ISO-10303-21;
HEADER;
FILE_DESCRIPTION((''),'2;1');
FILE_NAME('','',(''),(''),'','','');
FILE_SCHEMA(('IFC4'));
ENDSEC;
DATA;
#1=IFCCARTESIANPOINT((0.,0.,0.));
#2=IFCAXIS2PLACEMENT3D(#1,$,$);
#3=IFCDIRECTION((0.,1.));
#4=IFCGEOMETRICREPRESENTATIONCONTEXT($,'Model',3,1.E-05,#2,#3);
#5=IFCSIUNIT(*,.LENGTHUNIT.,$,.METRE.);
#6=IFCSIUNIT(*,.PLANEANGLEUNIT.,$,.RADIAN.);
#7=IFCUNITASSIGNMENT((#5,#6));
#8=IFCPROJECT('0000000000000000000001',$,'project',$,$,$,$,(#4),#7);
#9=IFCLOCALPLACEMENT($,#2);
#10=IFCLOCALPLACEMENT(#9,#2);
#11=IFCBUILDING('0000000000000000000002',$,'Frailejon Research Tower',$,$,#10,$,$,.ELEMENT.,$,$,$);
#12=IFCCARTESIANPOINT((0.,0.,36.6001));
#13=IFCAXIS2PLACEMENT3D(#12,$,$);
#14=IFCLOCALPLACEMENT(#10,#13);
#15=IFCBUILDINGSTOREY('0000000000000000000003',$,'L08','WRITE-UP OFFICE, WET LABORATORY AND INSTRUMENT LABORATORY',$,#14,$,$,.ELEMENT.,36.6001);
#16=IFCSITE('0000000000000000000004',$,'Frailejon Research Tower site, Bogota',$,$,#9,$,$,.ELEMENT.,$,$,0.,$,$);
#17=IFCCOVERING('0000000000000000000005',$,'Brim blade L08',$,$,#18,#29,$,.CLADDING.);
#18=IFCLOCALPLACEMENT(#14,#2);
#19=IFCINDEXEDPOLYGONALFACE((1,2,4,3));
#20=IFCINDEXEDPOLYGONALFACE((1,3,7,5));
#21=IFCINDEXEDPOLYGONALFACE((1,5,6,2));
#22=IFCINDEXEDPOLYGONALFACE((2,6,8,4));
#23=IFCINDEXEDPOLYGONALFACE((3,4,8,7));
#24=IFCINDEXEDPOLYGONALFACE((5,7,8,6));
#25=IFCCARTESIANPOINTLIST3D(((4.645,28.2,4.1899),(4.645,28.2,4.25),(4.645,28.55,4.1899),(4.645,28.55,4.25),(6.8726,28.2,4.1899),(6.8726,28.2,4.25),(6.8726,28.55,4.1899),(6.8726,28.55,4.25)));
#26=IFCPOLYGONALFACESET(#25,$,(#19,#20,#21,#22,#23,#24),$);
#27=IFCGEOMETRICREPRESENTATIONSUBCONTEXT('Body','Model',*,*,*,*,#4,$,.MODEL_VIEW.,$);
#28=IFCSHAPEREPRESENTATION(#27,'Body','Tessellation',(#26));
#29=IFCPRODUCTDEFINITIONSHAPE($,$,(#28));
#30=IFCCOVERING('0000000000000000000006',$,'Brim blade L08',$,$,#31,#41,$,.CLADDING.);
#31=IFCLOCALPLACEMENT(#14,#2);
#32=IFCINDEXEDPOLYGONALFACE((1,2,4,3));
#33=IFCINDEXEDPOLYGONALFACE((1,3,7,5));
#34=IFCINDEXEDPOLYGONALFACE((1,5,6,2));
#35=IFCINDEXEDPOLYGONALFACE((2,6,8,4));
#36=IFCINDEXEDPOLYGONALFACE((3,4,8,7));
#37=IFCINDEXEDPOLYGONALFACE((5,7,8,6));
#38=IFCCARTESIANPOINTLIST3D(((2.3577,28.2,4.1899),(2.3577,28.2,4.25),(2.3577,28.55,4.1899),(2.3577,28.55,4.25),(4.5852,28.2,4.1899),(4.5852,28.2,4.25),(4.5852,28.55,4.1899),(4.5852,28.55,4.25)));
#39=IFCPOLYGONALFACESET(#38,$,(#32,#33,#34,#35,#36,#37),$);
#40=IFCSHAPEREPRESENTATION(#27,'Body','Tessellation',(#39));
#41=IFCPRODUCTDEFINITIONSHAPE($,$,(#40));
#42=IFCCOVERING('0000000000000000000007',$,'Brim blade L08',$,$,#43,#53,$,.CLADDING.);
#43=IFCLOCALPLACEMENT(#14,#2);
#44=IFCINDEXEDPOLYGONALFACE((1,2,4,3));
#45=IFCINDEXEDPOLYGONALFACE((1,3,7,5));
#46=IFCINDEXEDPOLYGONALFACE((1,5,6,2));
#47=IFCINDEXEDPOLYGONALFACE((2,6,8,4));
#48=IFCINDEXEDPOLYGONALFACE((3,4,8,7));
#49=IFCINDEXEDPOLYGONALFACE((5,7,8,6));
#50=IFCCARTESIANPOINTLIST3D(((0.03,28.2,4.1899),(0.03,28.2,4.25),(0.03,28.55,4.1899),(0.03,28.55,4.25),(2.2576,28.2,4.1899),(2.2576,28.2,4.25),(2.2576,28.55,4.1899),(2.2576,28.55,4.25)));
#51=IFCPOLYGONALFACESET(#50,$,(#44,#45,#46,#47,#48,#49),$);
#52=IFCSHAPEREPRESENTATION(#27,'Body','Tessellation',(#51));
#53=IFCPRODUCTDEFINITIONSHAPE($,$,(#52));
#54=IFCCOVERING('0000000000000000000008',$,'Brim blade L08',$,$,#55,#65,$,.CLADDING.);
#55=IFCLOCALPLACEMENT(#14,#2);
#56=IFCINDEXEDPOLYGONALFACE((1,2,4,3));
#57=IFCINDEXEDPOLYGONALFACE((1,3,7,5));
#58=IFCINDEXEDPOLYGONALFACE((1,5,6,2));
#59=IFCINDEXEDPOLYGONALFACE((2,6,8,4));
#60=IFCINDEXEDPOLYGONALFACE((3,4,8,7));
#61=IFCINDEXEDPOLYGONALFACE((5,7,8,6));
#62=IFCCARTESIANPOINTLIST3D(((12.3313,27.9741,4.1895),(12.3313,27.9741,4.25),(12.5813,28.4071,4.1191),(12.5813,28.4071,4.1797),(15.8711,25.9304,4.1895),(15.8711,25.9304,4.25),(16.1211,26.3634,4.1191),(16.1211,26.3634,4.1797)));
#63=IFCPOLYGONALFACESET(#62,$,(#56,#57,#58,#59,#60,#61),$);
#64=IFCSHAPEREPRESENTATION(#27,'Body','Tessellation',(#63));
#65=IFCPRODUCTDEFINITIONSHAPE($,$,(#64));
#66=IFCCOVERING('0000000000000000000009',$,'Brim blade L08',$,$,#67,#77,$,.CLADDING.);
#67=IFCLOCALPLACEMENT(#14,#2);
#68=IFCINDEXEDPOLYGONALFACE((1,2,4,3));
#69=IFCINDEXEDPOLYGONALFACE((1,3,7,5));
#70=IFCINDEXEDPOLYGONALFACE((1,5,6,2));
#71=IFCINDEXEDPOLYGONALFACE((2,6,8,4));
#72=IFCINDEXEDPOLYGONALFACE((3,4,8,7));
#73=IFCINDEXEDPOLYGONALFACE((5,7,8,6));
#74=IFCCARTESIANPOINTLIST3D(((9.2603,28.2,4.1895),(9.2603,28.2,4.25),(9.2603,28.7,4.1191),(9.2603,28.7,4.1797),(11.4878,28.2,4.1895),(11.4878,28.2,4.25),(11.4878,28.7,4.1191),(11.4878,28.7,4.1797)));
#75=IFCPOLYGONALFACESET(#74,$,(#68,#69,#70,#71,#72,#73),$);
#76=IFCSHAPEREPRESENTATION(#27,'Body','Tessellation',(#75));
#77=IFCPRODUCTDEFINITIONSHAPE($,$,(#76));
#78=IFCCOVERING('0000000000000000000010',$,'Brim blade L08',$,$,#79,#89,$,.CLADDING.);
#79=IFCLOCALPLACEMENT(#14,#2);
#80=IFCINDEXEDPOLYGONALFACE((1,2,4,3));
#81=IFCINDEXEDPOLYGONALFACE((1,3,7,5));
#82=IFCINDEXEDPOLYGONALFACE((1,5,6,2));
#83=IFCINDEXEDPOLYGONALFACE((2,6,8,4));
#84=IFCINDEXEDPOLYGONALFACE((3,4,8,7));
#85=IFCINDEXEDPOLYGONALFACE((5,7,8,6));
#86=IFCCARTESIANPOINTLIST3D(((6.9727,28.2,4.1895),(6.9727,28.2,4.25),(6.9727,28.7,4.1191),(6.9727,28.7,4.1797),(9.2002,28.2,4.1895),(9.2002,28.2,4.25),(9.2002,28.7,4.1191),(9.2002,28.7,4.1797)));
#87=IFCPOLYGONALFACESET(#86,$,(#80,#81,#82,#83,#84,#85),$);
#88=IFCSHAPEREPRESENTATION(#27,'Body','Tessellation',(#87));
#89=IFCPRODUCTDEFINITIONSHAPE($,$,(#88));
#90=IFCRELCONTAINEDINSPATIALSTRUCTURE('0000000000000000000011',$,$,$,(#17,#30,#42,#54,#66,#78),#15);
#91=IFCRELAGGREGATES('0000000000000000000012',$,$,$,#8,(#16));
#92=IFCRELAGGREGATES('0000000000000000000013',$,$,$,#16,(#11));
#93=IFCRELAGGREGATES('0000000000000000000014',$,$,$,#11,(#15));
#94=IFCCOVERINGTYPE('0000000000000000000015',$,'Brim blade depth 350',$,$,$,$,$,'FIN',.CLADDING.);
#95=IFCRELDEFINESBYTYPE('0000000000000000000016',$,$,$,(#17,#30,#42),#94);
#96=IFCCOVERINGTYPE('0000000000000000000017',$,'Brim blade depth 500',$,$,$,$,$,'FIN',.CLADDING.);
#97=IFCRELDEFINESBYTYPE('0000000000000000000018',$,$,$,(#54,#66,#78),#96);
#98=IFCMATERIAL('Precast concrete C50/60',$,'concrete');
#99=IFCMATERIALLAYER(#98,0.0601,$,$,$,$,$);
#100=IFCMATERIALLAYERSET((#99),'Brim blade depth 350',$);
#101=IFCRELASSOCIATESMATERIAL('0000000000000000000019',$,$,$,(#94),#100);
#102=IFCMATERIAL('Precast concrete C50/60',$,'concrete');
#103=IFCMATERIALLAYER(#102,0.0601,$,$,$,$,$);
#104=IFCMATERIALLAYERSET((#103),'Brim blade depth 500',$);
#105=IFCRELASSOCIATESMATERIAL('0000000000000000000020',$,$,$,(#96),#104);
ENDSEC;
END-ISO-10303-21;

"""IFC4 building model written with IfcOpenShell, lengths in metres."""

from ifc_helpers import new_model, si_unit, direction, frame, origin, place, context, subcontext, project, spatial, polyline, outline, extrude, material, layer, layer_set, type_object, element, save


model = new_model("IFC4")

# Units and contexts
model_context = context("Model", 3, precision=1e-05, world=origin(), true_north=direction((0.0, 1.0)))
body_context = subcontext(model_context, "Body", "Model", "MODEL_VIEW")
ifc_project = project(units=[si_unit("LENGTHUNIT", "METRE"), si_unit("PLANEANGLEUNIT", "RADIAN")], contexts=[model_context])

# Site, building, storey
site_placement = place(None, origin())
site = spatial("IfcSite", under=ifc_project, at=site_placement, Name="Frailejon Research Tower site, Bogota", CompositionType="ELEMENT", RefElevation=0.0)
building_placement = place(site_placement, origin())
building = spatial("IfcBuilding", under=site, at=building_placement, Name="Frailejon Research Tower", CompositionType="ELEMENT")
storey_placement = place(building_placement, frame((0.0, 0.0, 36.6001)))
storey = spatial("IfcBuildingStorey", under=building, at=storey_placement, Name="L08", Description="WRITE-UP OFFICE, WET LABORATORY AND INSTRUMENT LABORATORY", CompositionType="ELEMENT", Elevation=36.6001)

# Coverings
ifc_material_1 = material(Name="Precast concrete C50/60", Category="concrete")
ifc_layer_1 = layer(ifc_material_1, 0.0601)
ifc_layer_set_1 = layer_set([ifc_layer_1], Name="Brim blade depth 350")
covering_type_1 = type_object("IfcCoveringType", Name="Brim blade depth 350", ElementType="FIN", PredefinedType="CLADDING", material=ifc_layer_set_1)
for number, where, z_axis, x_axis, name in (
    (1, (4.645, 28.2, 4.25), (1.0, 0.0, 0.0), (0.0, 1.0, 0.0), "Brim blade L08"),
    (2, (2.3577, 28.2, 4.25), (1.0, 0.0, 0.0), (0.0, 1.0, 0.0), "Brim blade L08"),
    (3, (0.03, 28.2, 4.25), (1.0, 0.0, 0.0), (0.0, 1.0, 0.0), "Brim blade L08"),
):
    element("IfcCovering", number, at=place(storey_placement, frame(where, z_axis=z_axis, x_axis=x_axis)), inside=storey, type_object=covering_type_1, Name=name, PredefinedType="CLADDING", context=body_context, shape_type="SweptSolid", body=[
        extrude(outline(polyline([(0.0, -0.0601), (0.3501, -0.0601), (0.3501, 0.0), (0.0, 0.0), (0.0, -0.0601)])), origin(), (0.0, 0.0, 1.0), 2.2275),
    ])
ifc_material_2 = material(Name="Precast concrete C50/60", Category="concrete")
ifc_layer_2 = layer(ifc_material_2, 0.0601)
ifc_layer_set_2 = layer_set([ifc_layer_2], Name="Brim blade depth 500")
covering_type_2 = type_object("IfcCoveringType", Name="Brim blade depth 500", ElementType="FIN", PredefinedType="CLADDING", material=ifc_layer_set_2)
covering_placement = place(storey_placement, frame((12.3313, 27.9741, 4.25), z_axis=(0.866021, -0.500007, 0.0), x_axis=(0.500007, 0.866021, 0.0)))
element("IfcCovering", 4, at=covering_placement, inside=storey, type_object=covering_type_2, Name="Brim blade L08", PredefinedType="CLADDING", context=body_context, shape_type="SweptSolid", body=[
    extrude(outline(polyline([(0.0, -0.0605), (0.5, -0.1309), (0.5, -0.0703), (0.0, 0.0), (0.0, -0.0605)])), origin(), (0.0, 0.0, 1.0), 4.0874),
])
for number, where, z_axis, x_axis, name in (
    (5, (9.2603, 28.2, 4.25), (1.0, 0.0, 0.0), (0.0, 1.0, 0.0), "Brim blade L08"),
    (6, (6.9727, 28.2, 4.25), (1.0, 0.0, 0.0), (0.0, 1.0, 0.0), "Brim blade L08"),
):
    element("IfcCovering", number, at=place(storey_placement, frame(where, z_axis=z_axis, x_axis=x_axis)), inside=storey, type_object=covering_type_2, Name=name, PredefinedType="CLADDING", context=body_context, shape_type="SweptSolid", body=[
        extrude(outline(polyline([(0.0, -0.0605), (0.5, -0.1309), (0.5, -0.0703), (0.0, 0.0), (0.0, -0.0605)])), origin(), (0.0, 0.0, 1.0), 2.2275),
    ])

save(model, "model.ifc")
